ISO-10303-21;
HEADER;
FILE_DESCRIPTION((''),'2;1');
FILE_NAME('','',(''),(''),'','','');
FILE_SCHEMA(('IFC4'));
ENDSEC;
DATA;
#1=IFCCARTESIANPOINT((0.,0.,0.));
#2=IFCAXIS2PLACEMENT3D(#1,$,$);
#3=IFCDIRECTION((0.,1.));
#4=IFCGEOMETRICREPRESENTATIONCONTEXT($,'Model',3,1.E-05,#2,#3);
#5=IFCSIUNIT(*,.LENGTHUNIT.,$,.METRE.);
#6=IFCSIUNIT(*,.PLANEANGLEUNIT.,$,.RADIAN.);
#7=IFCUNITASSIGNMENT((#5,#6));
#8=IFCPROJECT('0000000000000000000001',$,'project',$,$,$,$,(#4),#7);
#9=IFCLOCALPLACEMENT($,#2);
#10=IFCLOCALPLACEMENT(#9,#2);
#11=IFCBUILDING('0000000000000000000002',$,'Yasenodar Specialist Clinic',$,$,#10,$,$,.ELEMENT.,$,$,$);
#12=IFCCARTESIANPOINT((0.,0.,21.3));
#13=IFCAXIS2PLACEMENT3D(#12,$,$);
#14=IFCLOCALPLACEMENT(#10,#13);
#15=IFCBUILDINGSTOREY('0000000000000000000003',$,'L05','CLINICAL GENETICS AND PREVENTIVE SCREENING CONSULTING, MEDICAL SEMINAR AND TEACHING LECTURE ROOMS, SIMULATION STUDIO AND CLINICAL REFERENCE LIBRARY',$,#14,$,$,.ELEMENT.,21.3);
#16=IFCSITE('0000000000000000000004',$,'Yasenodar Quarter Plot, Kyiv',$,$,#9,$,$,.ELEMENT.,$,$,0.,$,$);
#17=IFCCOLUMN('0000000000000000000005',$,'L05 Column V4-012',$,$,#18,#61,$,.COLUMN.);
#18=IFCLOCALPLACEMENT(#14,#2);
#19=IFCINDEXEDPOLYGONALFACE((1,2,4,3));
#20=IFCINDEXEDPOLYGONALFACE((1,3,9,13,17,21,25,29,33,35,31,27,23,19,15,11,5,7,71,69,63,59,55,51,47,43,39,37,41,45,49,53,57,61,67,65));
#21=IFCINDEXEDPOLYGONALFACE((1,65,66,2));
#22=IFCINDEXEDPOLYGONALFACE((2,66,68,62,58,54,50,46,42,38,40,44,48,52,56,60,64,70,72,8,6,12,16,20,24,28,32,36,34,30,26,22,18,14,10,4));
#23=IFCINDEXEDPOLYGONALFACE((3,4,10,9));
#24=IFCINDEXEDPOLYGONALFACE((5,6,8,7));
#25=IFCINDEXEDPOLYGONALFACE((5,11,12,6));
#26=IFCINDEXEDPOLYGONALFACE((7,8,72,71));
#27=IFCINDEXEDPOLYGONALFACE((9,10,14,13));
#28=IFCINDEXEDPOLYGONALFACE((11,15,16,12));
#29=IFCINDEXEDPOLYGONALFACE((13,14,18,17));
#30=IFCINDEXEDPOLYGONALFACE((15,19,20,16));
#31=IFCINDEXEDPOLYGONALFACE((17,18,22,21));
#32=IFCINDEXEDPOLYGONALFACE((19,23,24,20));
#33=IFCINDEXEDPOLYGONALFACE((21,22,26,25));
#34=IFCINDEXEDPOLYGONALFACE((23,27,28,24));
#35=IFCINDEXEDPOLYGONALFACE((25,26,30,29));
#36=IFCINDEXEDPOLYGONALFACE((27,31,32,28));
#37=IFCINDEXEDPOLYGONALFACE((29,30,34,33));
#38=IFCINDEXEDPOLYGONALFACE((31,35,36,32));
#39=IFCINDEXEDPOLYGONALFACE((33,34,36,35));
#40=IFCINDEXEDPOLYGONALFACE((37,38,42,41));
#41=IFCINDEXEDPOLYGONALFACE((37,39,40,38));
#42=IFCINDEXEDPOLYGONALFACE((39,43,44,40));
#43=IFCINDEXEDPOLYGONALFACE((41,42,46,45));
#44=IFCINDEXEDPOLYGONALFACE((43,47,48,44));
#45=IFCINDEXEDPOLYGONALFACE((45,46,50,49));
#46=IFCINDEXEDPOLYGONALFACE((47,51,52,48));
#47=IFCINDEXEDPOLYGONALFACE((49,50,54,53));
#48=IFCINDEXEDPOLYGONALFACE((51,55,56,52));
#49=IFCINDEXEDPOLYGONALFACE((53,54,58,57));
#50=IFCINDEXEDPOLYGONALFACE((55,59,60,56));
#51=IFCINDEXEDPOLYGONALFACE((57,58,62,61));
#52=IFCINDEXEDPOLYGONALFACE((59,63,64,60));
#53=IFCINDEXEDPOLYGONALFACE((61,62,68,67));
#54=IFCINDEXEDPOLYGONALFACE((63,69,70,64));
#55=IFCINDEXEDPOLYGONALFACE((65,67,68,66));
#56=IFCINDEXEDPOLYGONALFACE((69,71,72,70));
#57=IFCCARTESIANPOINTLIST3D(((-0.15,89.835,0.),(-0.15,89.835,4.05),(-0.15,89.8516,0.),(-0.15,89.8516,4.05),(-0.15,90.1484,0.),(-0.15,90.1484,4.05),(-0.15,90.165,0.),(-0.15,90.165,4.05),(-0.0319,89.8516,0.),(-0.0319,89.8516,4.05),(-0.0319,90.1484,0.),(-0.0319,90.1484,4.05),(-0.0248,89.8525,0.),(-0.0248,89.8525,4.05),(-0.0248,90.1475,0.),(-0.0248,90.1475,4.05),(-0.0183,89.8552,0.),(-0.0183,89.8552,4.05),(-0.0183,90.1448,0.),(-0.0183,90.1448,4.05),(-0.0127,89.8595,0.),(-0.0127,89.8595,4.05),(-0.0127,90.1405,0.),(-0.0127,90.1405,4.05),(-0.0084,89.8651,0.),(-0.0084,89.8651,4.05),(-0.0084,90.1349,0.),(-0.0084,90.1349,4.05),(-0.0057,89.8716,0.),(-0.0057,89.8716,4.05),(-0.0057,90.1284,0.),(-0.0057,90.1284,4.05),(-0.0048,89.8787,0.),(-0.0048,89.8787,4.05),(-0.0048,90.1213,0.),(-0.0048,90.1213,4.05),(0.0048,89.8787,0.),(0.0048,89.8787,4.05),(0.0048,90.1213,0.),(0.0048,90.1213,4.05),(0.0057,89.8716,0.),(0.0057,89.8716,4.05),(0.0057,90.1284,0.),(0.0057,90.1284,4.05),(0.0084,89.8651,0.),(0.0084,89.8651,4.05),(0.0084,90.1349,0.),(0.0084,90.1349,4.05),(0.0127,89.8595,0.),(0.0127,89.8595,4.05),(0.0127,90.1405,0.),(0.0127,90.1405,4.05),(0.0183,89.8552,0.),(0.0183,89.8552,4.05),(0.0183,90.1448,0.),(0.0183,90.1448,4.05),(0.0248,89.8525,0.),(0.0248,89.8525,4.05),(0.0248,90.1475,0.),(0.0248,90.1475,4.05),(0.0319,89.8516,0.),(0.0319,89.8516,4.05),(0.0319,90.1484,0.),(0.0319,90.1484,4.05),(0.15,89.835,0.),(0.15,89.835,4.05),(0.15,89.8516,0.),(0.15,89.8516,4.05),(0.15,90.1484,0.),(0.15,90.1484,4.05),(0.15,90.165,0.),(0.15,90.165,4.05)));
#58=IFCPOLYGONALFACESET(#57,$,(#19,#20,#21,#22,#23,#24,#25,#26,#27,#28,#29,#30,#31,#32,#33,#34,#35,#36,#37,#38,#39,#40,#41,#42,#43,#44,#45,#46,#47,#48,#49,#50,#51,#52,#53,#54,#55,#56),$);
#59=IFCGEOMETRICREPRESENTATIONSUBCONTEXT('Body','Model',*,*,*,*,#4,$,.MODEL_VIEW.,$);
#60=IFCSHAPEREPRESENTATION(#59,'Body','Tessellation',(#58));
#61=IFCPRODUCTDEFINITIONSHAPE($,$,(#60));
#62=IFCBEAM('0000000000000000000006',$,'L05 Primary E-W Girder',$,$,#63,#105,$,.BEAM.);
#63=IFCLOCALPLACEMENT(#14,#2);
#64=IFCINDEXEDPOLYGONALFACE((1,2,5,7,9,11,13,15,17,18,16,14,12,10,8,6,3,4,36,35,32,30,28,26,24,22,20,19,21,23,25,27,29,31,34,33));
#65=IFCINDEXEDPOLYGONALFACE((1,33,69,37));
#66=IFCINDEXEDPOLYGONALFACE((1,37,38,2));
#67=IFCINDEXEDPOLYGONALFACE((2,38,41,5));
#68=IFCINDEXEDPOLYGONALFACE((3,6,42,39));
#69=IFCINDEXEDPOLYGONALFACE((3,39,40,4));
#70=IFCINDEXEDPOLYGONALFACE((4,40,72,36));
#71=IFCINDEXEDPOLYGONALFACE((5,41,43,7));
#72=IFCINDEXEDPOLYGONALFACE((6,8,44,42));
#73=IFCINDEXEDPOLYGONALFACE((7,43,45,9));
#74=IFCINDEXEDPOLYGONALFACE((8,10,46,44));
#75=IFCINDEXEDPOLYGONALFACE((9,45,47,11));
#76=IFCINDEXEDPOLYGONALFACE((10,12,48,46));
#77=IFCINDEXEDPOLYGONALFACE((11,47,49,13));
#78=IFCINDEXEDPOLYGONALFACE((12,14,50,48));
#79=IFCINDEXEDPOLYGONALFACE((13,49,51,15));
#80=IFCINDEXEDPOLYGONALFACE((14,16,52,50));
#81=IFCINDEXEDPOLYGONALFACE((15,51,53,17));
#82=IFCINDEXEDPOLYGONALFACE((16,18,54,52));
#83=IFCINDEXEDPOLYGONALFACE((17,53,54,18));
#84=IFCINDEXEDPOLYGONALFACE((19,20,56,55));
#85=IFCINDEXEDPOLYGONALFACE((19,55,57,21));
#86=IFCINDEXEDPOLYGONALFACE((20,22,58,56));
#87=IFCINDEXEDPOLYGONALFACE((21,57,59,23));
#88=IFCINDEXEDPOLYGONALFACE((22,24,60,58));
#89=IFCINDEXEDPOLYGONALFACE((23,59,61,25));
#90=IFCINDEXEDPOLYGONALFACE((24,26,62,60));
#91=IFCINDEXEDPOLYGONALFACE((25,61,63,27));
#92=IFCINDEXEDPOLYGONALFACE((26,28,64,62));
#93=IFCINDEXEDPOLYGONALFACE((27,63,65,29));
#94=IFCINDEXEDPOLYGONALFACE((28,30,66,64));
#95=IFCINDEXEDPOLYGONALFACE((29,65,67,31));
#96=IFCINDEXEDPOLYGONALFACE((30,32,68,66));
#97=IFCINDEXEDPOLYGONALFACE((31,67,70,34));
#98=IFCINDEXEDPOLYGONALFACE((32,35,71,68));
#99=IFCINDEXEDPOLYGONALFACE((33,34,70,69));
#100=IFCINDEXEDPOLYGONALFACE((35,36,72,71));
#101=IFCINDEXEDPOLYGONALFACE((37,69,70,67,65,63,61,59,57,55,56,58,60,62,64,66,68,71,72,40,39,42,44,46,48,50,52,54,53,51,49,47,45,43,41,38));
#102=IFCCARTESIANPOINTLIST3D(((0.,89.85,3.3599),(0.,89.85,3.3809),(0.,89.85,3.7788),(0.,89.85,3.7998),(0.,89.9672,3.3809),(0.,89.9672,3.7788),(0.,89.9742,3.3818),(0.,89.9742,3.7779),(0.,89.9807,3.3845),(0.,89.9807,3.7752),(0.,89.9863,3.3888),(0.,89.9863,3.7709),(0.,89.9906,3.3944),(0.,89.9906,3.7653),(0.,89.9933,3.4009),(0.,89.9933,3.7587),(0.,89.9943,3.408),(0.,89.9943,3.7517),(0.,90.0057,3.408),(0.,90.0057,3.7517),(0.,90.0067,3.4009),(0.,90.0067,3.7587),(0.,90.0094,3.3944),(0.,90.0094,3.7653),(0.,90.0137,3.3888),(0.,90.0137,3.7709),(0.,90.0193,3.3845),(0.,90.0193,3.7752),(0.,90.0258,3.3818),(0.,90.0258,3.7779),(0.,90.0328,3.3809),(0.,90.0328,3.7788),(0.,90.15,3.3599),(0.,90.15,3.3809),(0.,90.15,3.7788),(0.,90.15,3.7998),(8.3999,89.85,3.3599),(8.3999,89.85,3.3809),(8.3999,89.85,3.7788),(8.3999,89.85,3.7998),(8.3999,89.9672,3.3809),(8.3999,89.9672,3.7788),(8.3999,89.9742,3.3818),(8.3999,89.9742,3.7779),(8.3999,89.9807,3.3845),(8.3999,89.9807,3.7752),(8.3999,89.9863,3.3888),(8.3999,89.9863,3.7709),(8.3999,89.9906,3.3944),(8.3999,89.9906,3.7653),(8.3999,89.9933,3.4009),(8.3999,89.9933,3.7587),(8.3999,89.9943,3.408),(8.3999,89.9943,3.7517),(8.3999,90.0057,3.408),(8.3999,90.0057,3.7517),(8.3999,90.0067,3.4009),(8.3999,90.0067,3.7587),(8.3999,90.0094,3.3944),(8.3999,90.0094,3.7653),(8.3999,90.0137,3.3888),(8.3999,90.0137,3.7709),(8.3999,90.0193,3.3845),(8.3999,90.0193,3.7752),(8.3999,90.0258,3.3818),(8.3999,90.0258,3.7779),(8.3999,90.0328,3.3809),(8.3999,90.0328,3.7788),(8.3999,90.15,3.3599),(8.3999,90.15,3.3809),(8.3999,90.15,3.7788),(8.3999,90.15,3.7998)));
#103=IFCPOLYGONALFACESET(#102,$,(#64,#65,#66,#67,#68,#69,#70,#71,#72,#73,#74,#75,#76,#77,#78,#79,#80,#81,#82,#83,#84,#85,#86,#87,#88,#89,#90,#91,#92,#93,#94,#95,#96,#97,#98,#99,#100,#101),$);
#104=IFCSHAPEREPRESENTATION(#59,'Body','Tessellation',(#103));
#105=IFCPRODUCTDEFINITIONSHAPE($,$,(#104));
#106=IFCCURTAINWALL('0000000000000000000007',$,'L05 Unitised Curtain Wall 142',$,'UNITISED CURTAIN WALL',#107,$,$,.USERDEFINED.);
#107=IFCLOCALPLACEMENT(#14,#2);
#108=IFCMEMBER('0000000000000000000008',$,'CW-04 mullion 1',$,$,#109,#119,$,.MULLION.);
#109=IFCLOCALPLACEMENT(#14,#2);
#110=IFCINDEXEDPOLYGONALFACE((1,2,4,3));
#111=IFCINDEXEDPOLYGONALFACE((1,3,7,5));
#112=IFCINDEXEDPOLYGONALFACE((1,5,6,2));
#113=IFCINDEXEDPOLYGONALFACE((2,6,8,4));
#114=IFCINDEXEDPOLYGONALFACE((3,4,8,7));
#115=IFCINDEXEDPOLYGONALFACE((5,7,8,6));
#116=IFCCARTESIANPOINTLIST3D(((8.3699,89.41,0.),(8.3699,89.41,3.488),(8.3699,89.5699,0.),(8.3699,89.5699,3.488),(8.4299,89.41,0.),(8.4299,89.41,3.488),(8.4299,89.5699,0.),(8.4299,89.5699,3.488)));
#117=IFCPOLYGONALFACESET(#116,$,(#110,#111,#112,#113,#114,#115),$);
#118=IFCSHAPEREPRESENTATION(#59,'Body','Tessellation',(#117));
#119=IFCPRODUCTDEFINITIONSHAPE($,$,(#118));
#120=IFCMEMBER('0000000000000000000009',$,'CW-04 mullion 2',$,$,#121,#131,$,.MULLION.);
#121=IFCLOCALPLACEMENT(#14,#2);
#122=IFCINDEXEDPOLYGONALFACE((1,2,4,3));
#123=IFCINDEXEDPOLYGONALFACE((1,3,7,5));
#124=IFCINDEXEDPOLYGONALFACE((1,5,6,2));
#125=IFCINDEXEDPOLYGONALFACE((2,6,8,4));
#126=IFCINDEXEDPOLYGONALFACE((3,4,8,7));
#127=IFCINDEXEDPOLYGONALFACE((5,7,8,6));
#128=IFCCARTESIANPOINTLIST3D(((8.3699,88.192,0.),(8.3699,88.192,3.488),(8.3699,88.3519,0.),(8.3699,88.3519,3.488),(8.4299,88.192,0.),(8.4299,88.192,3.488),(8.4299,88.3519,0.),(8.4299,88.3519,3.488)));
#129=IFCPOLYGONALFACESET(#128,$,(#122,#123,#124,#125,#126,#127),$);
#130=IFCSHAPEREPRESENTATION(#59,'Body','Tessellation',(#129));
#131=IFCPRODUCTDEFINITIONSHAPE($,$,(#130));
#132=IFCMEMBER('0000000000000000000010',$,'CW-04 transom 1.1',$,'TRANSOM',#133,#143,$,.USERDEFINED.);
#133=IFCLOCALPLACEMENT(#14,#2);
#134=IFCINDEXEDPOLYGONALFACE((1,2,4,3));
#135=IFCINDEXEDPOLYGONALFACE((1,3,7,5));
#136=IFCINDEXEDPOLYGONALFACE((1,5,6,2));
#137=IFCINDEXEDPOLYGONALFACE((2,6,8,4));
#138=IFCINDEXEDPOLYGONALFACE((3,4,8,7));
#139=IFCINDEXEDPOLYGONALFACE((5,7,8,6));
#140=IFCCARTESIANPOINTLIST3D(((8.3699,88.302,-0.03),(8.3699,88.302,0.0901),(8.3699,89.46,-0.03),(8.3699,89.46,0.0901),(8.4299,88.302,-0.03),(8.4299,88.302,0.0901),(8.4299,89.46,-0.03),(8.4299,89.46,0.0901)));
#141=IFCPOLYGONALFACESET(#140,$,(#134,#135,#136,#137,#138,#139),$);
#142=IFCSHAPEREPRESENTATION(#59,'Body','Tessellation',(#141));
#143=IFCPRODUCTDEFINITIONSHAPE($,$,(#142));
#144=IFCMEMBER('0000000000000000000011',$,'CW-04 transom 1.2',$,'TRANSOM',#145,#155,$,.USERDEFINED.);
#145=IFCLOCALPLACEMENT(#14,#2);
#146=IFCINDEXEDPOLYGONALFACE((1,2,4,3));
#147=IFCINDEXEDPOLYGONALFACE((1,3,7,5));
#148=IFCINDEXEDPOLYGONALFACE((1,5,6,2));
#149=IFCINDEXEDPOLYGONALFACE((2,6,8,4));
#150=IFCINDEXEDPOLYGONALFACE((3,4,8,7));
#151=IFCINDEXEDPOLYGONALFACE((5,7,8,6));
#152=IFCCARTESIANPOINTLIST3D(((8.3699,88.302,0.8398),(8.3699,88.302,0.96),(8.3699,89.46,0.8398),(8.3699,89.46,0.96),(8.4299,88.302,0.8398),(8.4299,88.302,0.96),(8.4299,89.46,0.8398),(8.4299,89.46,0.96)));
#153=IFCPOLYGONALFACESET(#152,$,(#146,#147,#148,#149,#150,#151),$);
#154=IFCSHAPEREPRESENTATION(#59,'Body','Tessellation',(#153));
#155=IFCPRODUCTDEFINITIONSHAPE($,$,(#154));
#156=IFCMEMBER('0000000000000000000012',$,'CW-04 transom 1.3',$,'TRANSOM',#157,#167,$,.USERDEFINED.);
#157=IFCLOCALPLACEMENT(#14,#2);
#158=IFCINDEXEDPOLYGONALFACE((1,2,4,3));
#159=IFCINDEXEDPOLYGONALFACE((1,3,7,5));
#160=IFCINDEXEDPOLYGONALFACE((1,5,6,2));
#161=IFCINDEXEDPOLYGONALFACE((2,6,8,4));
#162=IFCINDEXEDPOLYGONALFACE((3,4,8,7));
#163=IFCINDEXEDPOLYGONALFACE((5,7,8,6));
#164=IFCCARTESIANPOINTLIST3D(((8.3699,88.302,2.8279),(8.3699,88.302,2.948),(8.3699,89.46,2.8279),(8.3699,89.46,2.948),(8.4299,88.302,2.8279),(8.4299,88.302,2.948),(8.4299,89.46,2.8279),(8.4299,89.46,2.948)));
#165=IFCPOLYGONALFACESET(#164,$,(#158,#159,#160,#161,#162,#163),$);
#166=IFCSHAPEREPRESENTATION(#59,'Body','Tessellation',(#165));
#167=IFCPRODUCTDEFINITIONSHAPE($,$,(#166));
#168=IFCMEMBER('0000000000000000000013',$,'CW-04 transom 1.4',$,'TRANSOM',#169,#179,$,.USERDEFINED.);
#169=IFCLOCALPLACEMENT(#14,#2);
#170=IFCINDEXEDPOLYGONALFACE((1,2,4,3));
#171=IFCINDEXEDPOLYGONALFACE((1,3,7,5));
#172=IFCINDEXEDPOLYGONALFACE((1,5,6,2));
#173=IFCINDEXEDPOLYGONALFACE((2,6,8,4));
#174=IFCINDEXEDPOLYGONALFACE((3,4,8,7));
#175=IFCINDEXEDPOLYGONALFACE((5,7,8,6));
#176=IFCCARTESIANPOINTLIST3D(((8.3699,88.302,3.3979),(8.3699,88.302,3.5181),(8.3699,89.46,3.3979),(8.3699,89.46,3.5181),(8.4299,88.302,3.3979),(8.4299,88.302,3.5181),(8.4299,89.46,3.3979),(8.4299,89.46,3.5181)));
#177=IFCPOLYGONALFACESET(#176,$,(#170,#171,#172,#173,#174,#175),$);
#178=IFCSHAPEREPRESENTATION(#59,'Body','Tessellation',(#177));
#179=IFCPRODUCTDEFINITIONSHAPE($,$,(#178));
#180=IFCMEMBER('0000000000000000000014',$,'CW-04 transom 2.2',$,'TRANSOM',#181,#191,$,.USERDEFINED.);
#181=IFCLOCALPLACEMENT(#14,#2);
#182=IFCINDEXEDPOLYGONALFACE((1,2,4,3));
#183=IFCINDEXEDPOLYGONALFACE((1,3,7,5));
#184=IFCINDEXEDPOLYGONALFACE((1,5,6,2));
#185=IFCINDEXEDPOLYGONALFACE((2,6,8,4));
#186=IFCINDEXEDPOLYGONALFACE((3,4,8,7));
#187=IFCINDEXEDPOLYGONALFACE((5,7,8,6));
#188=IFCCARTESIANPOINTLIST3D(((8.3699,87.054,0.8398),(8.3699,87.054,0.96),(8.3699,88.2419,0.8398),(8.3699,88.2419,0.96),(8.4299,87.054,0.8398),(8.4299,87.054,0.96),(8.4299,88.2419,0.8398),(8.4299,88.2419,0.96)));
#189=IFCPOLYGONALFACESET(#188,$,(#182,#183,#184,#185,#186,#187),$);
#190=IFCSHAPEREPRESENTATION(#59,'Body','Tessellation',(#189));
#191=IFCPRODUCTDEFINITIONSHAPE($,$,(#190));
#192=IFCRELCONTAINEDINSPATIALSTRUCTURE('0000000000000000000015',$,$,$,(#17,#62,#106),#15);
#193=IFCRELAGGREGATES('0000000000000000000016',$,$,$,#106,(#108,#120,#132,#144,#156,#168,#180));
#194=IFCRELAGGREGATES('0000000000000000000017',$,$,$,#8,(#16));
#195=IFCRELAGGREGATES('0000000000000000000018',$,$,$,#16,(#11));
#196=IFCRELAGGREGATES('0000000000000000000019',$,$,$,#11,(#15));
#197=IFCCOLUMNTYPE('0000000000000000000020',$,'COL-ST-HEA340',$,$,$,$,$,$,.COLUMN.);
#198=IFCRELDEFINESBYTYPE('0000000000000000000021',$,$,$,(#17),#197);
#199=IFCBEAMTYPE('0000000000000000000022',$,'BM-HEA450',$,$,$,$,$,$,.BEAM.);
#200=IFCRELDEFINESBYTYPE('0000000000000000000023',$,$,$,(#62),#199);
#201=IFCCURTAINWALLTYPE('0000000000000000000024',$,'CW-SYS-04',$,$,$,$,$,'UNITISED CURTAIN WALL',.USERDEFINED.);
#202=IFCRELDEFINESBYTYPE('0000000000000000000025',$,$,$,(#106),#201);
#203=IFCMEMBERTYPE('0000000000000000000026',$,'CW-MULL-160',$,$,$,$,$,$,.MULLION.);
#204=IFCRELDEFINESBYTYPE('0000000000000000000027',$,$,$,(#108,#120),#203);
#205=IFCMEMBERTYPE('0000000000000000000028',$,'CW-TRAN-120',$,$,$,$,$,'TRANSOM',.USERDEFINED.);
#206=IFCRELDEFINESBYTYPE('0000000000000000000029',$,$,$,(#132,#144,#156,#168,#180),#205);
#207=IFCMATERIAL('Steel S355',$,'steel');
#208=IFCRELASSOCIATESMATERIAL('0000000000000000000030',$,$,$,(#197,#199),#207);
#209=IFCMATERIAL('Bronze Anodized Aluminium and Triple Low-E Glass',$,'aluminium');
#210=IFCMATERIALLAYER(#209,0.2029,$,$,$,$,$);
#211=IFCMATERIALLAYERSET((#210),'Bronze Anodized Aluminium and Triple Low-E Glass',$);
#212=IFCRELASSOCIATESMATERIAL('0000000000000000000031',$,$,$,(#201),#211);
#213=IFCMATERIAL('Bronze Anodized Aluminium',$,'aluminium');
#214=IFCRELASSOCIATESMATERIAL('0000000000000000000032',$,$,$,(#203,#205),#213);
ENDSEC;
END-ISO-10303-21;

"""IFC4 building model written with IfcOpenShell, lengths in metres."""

from ifc_helpers import new_model, si_unit, direction, frame, origin, origin_2d, place, context, subcontext, project, spatial, rectangle, i_section, extrude, material, layer, layer_set, material_profile, profile_set, type_object, element, aggregate, save


model = new_model("IFC4")

# Units and contexts
model_context = context("Model", 3, precision=1e-05, world=origin(), true_north=direction((0.0, 1.0)))
body_context = subcontext(model_context, "Body", "Model", "MODEL_VIEW")
ifc_project = project(units=[si_unit("LENGTHUNIT", "METRE"), si_unit("PLANEANGLEUNIT", "RADIAN")], contexts=[model_context])

# Site, building, storey
site_placement = place(None, origin())
site = spatial("IfcSite", under=ifc_project, at=site_placement, Name="Yasenodar Quarter Plot, Kyiv", CompositionType="ELEMENT", RefElevation=0.0)
building_placement = place(site_placement, origin())
building = spatial("IfcBuilding", under=site, at=building_placement, Name="Yasenodar Specialist Clinic", CompositionType="ELEMENT")
storey_placement = place(building_placement, frame((0.0, 0.0, 21.3)))
storey = spatial("IfcBuildingStorey", under=building, at=storey_placement, Name="L05", Description="CLINICAL GENETICS AND PREVENTIVE SCREENING CONSULTING, MEDICAL SEMINAR AND TEACHING LECTURE ROOMS, SIMULATION STUDIO AND CLINICAL REFERENCE LIBRARY", CompositionType="ELEMENT", Elevation=21.3)

# Column
ifc_material_1 = material(Name="Steel S355", Category="steel")
ifc_material_profile_1 = material_profile(ifc_material_1, i_section(OverallWidth=0.3, OverallDepth=0.3301, WebThickness=0.0095, FlangeThickness=0.0166, FilletRadius=0.0271, at=origin_2d()), Name="HEA 340")
ifc_profile_set_1 = profile_set([ifc_material_profile_1], Name="Steel S355")
column_type = type_object("IfcColumnType", Name="COL-ST-HEA340", PredefinedType="COLUMN", material=ifc_profile_set_1)
column_placement = place(storey_placement, frame((0.0, 90.0, 0.0), z_axis=(0.0, 0.0, 1.0), x_axis=(1.0, 0.0, 0.0)))
element("IfcColumn", 1, at=column_placement, inside=storey, type_object=column_type, Name="L05 Column V4-012", PredefinedType="COLUMN", context=body_context, shape_type="SweptSolid", body=[
    extrude(i_section(OverallWidth=0.3, OverallDepth=0.3301, WebThickness=0.0095, FlangeThickness=0.0166, FilletRadius=0.0271, at=origin_2d()), origin(), (0.0, 0.0, 1.0), 4.05),
])

# Beam
ifc_material_profile_2 = material_profile(ifc_material_1, i_section(OverallWidth=0.3, OverallDepth=0.4399, WebThickness=0.0115, FlangeThickness=0.021, FilletRadius=0.0271, at=origin_2d()), Name="HEA 450")
ifc_profile_set_2 = profile_set([ifc_material_profile_2], Name="Steel S355")
beam_type_1 = type_object("IfcBeamType", Name="BM-HEA450", PredefinedType="BEAM", material=ifc_profile_set_2)
beam_1_placement = place(storey_placement, frame((0.0, 90.0, 3.5798), z_axis=(1.0, 0.0, 0.0), x_axis=(0.0, 1.0, 0.0)))
element("IfcBeam", 2, at=beam_1_placement, inside=storey, type_object=beam_type_1, Name="L05 Primary E-W Girder", PredefinedType="BEAM", context=body_context, shape_type="SweptSolid", body=[
    extrude(i_section(OverallWidth=0.3, OverallDepth=0.4399, WebThickness=0.0115, FlangeThickness=0.021, FilletRadius=0.0271, at=origin_2d()), origin(), (0.0, 0.0, 1.0), 8.3999),
])

# Curtain wall, members
ifc_material_2 = material(Name="Bronze Anodized Aluminium and Triple Low-E Glass", Category="aluminium")
ifc_layer_1 = layer(ifc_material_2, 0.2029)
ifc_layer_set_1 = layer_set([ifc_layer_1], Name="Bronze Anodized Aluminium and Triple Low-E Glass")
curtain_wall_type = type_object("IfcCurtainWallType", Name="CW-SYS-04", ElementType="UNITISED CURTAIN WALL", PredefinedType="USERDEFINED", material=ifc_layer_set_1)
curtain_wall_placement = place(storey_placement, origin())
curtain_wall = element("IfcCurtainWall", 3, at=curtain_wall_placement, inside=storey, type_object=curtain_wall_type, Name="L05 Unitised Curtain Wall 142", ObjectType="UNITISED CURTAIN WALL", PredefinedType="USERDEFINED")
ifc_material_3 = material(Name="Bronze Anodized Aluminium", Category="aluminium")
ifc_material_profile_3 = material_profile(ifc_material_3, rectangle(XDim=0.0601, YDim=0.1599, at=origin_2d()), Name="CW-MULL 60x160")
ifc_profile_set_3 = profile_set([ifc_material_profile_3], Name="Bronze Anodized Aluminium")
member_type_1 = type_object("IfcMemberType", Name="CW-MULL-160", PredefinedType="MULLION", material=ifc_profile_set_3)
member_1_placement = place(storey_placement, frame((8.3999, 89.49, 0.0), z_axis=(0.0, 0.0, 1.0), x_axis=(1.0, 0.0, 0.0)))
member_1 = element("IfcMember", 4, at=member_1_placement, type_object=member_type_1, Name="CW-04 mullion 1", PredefinedType="MULLION", context=body_context, shape_type="SweptSolid", body=[
    extrude(rectangle(XDim=0.0601, YDim=0.1599, at=origin_2d()), origin(), (0.0, 0.0, 1.0), 3.488),
])
member_2_placement = place(storey_placement, frame((8.3999, 88.272, 0.0), z_axis=(0.0, 0.0, 1.0), x_axis=(1.0, 0.0, 0.0)))
member_2 = element("IfcMember", 5, at=member_2_placement, type_object=member_type_1, Name="CW-04 mullion 2", PredefinedType="MULLION", context=body_context, shape_type="SweptSolid", body=[
    extrude(rectangle(XDim=0.0601, YDim=0.1599, at=origin_2d()), origin(), (0.0, 0.0, 1.0), 3.488),
])
ifc_material_profile_4 = material_profile(ifc_material_3, rectangle(XDim=0.0601, YDim=0.1201, at=origin_2d()), Name="CW-TRAN 60x120")
ifc_profile_set_4 = profile_set([ifc_material_profile_4], Name="Bronze Anodized Aluminium")
member_type_2 = type_object("IfcMemberType", Name="CW-TRAN-120", ElementType="TRANSOM", PredefinedType="USERDEFINED", material=ifc_profile_set_4)
member_3_placement = place(storey_placement, frame((8.3999, 89.46, 0.03), z_axis=(0.0, -1.0, 0.0), x_axis=(1.0, 0.0, 0.0)))
member_3 = element("IfcMember", 6, at=member_3_placement, type_object=member_type_2, Name="CW-04 transom 1.1", ObjectType="TRANSOM", PredefinedType="USERDEFINED", context=body_context, shape_type="SweptSolid", body=[
    extrude(rectangle(XDim=0.0601, YDim=0.1201, at=origin_2d()), origin(), (0.0, 0.0, 1.0), 1.158),
])
member_4_placement = place(storey_placement, frame((8.3999, 89.46, 0.8999), z_axis=(0.0, -1.0, 0.0), x_axis=(1.0, 0.0, 0.0)))
member_4 = element("IfcMember", 7, at=member_4_placement, type_object=member_type_2, Name="CW-04 transom 1.2", ObjectType="TRANSOM", PredefinedType="USERDEFINED", context=body_context, shape_type="SweptSolid", body=[
    extrude(rectangle(XDim=0.0601, YDim=0.1201, at=origin_2d()), origin(), (0.0, 0.0, 1.0), 1.158),
])
member_5_placement = place(storey_placement, frame((8.3999, 89.46, 2.8879), z_axis=(0.0, -1.0, 0.0), x_axis=(1.0, 0.0, 0.0)))
member_5 = element("IfcMember", 8, at=member_5_placement, type_object=member_type_2, Name="CW-04 transom 1.3", ObjectType="TRANSOM", PredefinedType="USERDEFINED", context=body_context, shape_type="SweptSolid", body=[
    extrude(rectangle(XDim=0.0601, YDim=0.1201, at=origin_2d()), origin(), (0.0, 0.0, 1.0), 1.158),
])
member_6_placement = place(storey_placement, frame((8.3999, 89.46, 3.458), z_axis=(0.0, -1.0, 0.0), x_axis=(1.0, 0.0, 0.0)))
member_6 = element("IfcMember", 9, at=member_6_placement, type_object=member_type_2, Name="CW-04 transom 1.4", ObjectType="TRANSOM", PredefinedType="USERDEFINED", context=body_context, shape_type="SweptSolid", body=[
    extrude(rectangle(XDim=0.0601, YDim=0.1201, at=origin_2d()), origin(), (0.0, 0.0, 1.0), 1.158),
])
member_7_placement = place(storey_placement, frame((8.3999, 88.2419, 0.8999), z_axis=(0.0, -1.0, 0.0), x_axis=(1.0, 0.0, 0.0)))
member_7 = element("IfcMember", 10, at=member_7_placement, type_object=member_type_2, Name="CW-04 transom 2.2", ObjectType="TRANSOM", PredefinedType="USERDEFINED", context=body_context, shape_type="SweptSolid", body=[
    extrude(rectangle(XDim=0.0601, YDim=0.1201, at=origin_2d()), origin(), (0.0, 0.0, 1.0), 1.188),
])

aggregate(curtain_wall, [member_1, member_2, member_3, member_4, member_5, member_6, member_7])

save(model, "model.ifc")
